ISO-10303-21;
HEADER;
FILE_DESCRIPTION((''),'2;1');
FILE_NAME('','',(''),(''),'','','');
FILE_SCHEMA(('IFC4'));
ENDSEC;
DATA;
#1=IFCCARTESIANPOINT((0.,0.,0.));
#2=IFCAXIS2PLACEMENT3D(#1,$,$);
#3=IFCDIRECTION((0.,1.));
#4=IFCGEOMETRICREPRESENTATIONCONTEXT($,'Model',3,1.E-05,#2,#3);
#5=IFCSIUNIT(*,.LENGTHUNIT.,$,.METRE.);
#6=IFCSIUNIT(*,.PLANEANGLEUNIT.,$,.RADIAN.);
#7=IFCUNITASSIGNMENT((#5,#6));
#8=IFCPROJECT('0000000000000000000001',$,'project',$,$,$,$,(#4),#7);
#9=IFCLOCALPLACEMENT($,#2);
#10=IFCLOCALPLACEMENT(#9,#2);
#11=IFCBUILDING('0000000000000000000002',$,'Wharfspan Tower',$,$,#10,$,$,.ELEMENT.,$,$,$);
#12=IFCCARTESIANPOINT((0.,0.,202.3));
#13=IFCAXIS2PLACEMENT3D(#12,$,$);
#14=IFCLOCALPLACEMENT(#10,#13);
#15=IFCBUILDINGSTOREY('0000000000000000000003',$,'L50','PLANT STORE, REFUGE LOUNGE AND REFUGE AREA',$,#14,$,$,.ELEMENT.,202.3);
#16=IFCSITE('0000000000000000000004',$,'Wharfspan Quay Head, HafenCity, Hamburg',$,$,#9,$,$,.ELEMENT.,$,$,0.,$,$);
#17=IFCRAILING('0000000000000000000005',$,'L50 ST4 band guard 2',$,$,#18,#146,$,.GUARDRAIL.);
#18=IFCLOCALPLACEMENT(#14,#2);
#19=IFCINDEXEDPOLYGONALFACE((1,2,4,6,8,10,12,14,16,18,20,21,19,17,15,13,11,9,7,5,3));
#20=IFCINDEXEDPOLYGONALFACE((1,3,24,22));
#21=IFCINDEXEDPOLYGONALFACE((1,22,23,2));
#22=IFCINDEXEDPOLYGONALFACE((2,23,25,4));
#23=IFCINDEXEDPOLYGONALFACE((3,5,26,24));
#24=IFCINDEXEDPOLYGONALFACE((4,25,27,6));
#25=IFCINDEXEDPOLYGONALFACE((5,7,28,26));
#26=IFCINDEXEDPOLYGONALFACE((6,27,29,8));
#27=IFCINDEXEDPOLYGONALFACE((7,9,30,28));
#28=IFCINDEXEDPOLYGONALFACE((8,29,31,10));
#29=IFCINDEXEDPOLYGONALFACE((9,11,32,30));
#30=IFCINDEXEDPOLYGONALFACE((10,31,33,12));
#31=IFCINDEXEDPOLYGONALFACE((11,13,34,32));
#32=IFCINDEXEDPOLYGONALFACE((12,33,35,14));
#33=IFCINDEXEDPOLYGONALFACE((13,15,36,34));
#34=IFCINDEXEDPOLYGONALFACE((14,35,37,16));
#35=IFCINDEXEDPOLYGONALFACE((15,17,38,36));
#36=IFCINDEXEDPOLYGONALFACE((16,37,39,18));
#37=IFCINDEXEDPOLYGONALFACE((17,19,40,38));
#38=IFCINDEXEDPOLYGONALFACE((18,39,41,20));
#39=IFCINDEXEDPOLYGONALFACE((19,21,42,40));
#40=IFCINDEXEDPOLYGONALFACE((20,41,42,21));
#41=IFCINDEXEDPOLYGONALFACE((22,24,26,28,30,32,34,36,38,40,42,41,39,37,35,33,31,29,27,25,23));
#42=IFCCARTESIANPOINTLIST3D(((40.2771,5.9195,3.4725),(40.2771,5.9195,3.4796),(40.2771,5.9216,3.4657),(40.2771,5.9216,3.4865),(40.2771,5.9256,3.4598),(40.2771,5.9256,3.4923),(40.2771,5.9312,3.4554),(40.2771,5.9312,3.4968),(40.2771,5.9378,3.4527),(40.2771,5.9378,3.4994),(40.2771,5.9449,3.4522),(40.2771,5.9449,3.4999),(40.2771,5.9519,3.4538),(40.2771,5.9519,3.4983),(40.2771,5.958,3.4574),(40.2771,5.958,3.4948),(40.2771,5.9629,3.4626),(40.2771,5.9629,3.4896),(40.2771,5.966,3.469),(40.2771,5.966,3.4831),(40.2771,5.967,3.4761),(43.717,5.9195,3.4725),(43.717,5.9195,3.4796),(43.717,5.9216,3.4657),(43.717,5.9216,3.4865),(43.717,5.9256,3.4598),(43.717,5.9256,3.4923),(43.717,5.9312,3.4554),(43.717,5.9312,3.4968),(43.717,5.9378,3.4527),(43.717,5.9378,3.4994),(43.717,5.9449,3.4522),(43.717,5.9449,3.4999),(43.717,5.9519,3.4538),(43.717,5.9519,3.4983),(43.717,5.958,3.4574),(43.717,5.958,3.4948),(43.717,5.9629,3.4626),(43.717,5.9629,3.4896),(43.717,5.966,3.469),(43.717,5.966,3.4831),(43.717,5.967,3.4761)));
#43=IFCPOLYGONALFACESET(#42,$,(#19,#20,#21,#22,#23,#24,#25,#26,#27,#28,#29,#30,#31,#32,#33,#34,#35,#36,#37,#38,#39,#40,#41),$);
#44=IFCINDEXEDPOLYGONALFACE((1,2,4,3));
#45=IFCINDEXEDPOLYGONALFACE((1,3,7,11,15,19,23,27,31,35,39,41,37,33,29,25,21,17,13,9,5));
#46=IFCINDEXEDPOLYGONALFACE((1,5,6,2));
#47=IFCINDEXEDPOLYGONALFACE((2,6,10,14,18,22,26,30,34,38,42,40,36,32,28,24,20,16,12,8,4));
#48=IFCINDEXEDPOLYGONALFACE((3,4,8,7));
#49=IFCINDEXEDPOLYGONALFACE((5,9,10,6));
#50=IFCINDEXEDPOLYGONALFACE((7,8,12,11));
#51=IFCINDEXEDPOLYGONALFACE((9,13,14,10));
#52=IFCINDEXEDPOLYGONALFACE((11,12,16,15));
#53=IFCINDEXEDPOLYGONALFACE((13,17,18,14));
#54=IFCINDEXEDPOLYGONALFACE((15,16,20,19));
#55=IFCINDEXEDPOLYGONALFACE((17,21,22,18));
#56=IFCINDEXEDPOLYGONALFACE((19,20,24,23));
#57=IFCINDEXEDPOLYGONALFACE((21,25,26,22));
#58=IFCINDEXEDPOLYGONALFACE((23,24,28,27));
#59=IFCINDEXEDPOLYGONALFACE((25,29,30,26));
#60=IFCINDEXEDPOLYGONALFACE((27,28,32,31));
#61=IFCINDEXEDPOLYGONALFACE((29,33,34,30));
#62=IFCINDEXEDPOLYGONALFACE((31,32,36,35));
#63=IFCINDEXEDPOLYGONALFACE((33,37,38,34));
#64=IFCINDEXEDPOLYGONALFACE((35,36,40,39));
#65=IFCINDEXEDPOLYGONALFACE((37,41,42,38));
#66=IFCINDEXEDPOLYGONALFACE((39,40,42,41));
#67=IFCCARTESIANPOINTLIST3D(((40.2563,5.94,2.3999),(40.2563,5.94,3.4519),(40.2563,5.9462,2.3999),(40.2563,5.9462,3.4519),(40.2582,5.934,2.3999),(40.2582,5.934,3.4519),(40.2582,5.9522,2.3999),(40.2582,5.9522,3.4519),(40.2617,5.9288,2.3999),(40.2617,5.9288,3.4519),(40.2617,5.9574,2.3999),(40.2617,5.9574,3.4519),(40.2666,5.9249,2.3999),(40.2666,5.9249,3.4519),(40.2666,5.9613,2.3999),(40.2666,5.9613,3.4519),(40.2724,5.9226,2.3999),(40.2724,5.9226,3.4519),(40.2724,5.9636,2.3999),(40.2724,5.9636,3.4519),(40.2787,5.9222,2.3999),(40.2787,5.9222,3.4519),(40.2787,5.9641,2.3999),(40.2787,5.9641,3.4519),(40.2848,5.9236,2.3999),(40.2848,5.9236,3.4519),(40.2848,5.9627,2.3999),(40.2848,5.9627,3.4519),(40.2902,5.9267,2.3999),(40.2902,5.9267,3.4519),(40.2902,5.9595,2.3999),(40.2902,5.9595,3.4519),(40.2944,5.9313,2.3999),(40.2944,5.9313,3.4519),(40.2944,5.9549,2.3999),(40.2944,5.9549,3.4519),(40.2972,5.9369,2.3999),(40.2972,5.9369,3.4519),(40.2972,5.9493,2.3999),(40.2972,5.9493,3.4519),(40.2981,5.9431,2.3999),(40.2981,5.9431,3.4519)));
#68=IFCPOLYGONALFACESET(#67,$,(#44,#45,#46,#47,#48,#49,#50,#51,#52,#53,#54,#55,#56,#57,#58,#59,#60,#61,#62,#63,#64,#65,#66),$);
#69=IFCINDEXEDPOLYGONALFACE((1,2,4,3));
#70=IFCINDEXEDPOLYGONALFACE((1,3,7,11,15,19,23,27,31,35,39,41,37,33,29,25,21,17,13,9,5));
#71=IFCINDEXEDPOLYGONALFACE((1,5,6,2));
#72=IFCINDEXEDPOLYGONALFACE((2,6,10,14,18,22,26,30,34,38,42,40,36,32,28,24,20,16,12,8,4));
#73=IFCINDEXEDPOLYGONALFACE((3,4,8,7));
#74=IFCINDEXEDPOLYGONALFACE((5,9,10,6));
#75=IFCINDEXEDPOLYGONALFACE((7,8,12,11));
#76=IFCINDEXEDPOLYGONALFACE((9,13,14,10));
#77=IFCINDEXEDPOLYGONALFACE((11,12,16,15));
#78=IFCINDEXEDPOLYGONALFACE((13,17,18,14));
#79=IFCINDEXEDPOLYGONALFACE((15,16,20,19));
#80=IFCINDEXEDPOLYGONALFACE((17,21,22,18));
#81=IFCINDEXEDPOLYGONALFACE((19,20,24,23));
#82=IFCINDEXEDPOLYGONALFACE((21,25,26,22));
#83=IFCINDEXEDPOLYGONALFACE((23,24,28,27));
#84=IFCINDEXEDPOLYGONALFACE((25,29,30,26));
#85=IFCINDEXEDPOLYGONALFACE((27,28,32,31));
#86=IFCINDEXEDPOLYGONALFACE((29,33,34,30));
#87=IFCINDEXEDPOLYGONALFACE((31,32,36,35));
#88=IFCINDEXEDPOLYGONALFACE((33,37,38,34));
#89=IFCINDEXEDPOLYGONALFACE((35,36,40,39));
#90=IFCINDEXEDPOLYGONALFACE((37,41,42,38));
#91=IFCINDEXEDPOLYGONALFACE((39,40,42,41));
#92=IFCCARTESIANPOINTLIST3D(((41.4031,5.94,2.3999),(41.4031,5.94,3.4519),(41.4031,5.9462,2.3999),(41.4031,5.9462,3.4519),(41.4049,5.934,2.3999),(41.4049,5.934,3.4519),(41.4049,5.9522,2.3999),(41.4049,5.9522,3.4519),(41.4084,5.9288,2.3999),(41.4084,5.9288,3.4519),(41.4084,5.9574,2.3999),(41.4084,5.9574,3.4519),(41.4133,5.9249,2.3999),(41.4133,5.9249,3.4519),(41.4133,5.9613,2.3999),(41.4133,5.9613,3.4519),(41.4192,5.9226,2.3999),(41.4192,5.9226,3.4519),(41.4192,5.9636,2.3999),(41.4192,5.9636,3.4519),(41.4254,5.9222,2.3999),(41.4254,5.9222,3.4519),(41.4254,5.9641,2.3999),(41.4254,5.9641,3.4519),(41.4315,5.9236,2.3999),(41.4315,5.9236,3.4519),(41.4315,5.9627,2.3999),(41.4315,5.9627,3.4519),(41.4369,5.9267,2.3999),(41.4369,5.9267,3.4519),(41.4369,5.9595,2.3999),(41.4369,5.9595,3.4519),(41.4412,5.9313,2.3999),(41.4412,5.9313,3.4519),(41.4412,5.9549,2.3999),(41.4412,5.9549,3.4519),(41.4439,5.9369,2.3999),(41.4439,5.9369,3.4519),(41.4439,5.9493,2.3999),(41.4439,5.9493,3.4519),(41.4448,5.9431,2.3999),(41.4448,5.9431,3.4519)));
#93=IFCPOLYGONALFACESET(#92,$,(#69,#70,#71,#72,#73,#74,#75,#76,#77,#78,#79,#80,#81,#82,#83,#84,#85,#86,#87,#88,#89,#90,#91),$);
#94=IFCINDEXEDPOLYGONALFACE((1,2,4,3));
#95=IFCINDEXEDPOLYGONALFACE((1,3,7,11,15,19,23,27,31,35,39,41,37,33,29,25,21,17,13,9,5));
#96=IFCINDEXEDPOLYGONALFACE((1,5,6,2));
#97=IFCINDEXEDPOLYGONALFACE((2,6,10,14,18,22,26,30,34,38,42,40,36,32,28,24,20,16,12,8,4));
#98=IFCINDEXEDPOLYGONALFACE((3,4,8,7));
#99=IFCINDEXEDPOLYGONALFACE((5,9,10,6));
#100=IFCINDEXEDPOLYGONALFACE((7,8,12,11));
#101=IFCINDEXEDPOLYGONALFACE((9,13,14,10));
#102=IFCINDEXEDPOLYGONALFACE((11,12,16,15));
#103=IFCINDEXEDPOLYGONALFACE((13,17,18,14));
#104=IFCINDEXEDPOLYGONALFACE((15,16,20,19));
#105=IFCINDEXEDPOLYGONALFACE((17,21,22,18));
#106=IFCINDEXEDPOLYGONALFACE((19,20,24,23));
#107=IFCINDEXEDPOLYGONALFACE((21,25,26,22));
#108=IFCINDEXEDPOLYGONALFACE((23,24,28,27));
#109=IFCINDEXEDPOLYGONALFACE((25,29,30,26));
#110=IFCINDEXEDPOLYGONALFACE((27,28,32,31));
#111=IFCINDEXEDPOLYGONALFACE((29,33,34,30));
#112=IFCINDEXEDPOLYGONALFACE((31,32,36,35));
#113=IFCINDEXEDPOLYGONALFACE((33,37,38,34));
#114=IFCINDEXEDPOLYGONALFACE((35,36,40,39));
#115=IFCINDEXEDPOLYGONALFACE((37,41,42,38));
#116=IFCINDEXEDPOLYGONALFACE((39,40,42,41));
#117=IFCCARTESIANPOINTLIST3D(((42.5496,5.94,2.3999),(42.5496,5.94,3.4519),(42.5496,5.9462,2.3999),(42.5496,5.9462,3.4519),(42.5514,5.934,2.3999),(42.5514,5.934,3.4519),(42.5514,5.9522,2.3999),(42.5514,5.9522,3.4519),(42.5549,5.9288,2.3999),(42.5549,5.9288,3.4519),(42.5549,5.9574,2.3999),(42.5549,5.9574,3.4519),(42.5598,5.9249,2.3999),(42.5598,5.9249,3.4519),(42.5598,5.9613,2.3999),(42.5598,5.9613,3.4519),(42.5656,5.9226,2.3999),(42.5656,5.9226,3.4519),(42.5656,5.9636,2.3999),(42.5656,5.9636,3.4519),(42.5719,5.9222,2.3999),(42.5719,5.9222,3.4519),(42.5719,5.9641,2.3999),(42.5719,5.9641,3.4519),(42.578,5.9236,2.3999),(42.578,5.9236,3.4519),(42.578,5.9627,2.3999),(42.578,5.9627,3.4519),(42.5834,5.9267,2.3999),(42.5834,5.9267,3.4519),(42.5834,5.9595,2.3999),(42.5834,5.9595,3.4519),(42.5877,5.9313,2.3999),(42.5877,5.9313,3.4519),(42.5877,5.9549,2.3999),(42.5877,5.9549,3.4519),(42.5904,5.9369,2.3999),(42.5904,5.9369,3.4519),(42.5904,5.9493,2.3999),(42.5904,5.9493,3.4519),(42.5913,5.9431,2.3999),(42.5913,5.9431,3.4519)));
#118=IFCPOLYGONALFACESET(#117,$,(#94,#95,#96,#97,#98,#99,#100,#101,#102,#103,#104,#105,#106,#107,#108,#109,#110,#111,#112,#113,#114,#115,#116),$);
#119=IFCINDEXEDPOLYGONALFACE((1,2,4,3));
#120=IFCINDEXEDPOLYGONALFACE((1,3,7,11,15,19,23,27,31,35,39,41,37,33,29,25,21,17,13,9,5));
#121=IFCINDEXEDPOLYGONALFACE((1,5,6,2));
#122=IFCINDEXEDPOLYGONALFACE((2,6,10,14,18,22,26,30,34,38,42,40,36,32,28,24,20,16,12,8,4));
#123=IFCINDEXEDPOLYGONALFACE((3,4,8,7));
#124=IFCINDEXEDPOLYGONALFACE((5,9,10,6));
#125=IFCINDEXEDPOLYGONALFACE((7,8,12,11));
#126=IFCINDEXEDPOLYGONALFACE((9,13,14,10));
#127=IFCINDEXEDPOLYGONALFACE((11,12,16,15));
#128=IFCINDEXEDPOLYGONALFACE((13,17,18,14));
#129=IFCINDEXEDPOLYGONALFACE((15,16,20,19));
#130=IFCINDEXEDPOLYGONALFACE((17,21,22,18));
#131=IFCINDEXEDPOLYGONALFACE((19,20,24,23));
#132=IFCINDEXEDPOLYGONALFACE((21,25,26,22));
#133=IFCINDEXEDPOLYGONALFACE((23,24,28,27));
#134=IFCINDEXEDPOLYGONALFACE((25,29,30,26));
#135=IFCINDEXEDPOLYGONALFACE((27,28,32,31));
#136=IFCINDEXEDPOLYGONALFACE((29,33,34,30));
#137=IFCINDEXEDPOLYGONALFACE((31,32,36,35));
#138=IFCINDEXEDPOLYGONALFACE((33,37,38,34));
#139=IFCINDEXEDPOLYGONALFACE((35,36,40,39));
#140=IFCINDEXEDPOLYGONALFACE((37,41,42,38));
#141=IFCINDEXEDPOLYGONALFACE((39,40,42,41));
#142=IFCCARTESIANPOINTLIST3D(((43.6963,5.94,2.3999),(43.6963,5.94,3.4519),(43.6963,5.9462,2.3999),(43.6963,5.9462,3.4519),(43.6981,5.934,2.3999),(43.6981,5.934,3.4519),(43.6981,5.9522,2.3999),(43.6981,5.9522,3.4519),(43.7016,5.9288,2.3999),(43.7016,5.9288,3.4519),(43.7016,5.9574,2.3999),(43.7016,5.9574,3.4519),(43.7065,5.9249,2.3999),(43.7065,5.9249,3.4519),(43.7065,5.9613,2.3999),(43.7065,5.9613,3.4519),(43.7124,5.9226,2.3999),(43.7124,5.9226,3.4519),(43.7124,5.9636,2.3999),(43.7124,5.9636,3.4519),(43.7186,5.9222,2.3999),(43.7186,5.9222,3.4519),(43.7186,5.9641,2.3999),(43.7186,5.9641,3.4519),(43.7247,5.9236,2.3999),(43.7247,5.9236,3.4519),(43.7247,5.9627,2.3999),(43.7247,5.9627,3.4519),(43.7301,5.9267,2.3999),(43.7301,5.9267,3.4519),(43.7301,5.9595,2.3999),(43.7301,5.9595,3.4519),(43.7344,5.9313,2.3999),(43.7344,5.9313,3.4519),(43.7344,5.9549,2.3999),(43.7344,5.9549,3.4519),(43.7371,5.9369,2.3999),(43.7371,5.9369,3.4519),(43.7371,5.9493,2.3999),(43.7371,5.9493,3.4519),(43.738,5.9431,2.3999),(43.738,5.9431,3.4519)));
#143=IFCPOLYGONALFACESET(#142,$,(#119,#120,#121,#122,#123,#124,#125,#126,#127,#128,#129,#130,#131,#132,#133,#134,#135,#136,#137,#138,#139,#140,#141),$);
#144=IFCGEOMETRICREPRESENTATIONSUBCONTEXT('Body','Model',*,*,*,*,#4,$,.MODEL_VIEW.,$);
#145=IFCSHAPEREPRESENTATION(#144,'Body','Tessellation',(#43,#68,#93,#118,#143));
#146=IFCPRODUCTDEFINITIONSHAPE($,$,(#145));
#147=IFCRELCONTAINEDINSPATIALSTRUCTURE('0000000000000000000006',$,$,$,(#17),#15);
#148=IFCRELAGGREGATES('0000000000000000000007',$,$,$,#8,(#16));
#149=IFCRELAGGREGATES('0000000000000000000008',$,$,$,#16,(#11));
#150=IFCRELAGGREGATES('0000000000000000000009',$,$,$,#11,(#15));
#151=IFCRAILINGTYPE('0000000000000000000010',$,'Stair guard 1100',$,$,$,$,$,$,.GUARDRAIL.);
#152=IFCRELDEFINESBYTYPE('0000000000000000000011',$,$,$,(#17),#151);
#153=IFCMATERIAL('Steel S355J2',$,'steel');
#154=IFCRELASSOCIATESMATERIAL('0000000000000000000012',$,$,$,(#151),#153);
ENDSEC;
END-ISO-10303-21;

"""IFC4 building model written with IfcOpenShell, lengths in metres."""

from ifc_helpers import new_model, si_unit, direction, frame, origin, origin_2d, place, context, subcontext, project, spatial, circle, extrude, material, type_object, element, save


model = new_model("IFC4")

# Units and contexts
model_context = context("Model", 3, precision=1e-05, world=origin(), true_north=direction((0.0, 1.0)))
body_context = subcontext(model_context, "Body", "Model", "MODEL_VIEW")
ifc_project = project(units=[si_unit("LENGTHUNIT", "METRE"), si_unit("PLANEANGLEUNIT", "RADIAN")], contexts=[model_context])

# Site, building, storey
site_placement = place(None, origin())
site = spatial("IfcSite", under=ifc_project, at=site_placement, Name="Wharfspan Quay Head, HafenCity, Hamburg", CompositionType="ELEMENT", RefElevation=0.0)
building_placement = place(site_placement, origin())
building = spatial("IfcBuilding", under=site, at=building_placement, Name="Wharfspan Tower", CompositionType="ELEMENT")
storey_placement = place(building_placement, frame((0.0, 0.0, 202.3)))
storey = spatial("IfcBuildingStorey", under=building, at=storey_placement, Name="L50", Description="PLANT STORE, REFUGE LOUNGE AND REFUGE AREA", CompositionType="ELEMENT", Elevation=202.3)

# Railing
ifc_material_1 = material(Name="Steel S355J2", Category="steel")
railing_type_1 = type_object("IfcRailingType", Name="Stair guard 1100", PredefinedType="GUARDRAIL", material=ifc_material_1)
railing_1_placement = place(storey_placement, frame((40.2771, 5.9431, 2.3999)))
element("IfcRailing", 1, at=railing_1_placement, inside=storey, type_object=railing_type_1, Name="L50 ST4 band guard 2", PredefinedType="GUARDRAIL", context=body_context, shape_type="SweptSolid", body=[
    extrude(circle(Radius=0.0239, at=origin_2d()), frame((0.0, 0.0, 1.0762), z_axis=(1.0, 0.0, 0.0), x_axis=(0.0, 1.0, 0.0)), (0.0, 0.0, 1.0), 3.4399),
    extrude(circle(Radius=0.021, at=origin_2d()), origin(), (0.0, 0.0, 1.0), 1.052),
    extrude(circle(Radius=0.021, at=origin_2d()), frame((1.1467, 0.0, 0.0)), (0.0, 0.0, 1.0), 1.052),
    extrude(circle(Radius=0.021, at=origin_2d()), frame((2.2932, 0.0, 0.0)), (0.0, 0.0, 1.0), 1.052),
    extrude(circle(Radius=0.021, at=origin_2d()), frame((3.4399, 0.0, 0.0)), (0.0, 0.0, 1.0), 1.052),
])

save(model, "model.ifc")
